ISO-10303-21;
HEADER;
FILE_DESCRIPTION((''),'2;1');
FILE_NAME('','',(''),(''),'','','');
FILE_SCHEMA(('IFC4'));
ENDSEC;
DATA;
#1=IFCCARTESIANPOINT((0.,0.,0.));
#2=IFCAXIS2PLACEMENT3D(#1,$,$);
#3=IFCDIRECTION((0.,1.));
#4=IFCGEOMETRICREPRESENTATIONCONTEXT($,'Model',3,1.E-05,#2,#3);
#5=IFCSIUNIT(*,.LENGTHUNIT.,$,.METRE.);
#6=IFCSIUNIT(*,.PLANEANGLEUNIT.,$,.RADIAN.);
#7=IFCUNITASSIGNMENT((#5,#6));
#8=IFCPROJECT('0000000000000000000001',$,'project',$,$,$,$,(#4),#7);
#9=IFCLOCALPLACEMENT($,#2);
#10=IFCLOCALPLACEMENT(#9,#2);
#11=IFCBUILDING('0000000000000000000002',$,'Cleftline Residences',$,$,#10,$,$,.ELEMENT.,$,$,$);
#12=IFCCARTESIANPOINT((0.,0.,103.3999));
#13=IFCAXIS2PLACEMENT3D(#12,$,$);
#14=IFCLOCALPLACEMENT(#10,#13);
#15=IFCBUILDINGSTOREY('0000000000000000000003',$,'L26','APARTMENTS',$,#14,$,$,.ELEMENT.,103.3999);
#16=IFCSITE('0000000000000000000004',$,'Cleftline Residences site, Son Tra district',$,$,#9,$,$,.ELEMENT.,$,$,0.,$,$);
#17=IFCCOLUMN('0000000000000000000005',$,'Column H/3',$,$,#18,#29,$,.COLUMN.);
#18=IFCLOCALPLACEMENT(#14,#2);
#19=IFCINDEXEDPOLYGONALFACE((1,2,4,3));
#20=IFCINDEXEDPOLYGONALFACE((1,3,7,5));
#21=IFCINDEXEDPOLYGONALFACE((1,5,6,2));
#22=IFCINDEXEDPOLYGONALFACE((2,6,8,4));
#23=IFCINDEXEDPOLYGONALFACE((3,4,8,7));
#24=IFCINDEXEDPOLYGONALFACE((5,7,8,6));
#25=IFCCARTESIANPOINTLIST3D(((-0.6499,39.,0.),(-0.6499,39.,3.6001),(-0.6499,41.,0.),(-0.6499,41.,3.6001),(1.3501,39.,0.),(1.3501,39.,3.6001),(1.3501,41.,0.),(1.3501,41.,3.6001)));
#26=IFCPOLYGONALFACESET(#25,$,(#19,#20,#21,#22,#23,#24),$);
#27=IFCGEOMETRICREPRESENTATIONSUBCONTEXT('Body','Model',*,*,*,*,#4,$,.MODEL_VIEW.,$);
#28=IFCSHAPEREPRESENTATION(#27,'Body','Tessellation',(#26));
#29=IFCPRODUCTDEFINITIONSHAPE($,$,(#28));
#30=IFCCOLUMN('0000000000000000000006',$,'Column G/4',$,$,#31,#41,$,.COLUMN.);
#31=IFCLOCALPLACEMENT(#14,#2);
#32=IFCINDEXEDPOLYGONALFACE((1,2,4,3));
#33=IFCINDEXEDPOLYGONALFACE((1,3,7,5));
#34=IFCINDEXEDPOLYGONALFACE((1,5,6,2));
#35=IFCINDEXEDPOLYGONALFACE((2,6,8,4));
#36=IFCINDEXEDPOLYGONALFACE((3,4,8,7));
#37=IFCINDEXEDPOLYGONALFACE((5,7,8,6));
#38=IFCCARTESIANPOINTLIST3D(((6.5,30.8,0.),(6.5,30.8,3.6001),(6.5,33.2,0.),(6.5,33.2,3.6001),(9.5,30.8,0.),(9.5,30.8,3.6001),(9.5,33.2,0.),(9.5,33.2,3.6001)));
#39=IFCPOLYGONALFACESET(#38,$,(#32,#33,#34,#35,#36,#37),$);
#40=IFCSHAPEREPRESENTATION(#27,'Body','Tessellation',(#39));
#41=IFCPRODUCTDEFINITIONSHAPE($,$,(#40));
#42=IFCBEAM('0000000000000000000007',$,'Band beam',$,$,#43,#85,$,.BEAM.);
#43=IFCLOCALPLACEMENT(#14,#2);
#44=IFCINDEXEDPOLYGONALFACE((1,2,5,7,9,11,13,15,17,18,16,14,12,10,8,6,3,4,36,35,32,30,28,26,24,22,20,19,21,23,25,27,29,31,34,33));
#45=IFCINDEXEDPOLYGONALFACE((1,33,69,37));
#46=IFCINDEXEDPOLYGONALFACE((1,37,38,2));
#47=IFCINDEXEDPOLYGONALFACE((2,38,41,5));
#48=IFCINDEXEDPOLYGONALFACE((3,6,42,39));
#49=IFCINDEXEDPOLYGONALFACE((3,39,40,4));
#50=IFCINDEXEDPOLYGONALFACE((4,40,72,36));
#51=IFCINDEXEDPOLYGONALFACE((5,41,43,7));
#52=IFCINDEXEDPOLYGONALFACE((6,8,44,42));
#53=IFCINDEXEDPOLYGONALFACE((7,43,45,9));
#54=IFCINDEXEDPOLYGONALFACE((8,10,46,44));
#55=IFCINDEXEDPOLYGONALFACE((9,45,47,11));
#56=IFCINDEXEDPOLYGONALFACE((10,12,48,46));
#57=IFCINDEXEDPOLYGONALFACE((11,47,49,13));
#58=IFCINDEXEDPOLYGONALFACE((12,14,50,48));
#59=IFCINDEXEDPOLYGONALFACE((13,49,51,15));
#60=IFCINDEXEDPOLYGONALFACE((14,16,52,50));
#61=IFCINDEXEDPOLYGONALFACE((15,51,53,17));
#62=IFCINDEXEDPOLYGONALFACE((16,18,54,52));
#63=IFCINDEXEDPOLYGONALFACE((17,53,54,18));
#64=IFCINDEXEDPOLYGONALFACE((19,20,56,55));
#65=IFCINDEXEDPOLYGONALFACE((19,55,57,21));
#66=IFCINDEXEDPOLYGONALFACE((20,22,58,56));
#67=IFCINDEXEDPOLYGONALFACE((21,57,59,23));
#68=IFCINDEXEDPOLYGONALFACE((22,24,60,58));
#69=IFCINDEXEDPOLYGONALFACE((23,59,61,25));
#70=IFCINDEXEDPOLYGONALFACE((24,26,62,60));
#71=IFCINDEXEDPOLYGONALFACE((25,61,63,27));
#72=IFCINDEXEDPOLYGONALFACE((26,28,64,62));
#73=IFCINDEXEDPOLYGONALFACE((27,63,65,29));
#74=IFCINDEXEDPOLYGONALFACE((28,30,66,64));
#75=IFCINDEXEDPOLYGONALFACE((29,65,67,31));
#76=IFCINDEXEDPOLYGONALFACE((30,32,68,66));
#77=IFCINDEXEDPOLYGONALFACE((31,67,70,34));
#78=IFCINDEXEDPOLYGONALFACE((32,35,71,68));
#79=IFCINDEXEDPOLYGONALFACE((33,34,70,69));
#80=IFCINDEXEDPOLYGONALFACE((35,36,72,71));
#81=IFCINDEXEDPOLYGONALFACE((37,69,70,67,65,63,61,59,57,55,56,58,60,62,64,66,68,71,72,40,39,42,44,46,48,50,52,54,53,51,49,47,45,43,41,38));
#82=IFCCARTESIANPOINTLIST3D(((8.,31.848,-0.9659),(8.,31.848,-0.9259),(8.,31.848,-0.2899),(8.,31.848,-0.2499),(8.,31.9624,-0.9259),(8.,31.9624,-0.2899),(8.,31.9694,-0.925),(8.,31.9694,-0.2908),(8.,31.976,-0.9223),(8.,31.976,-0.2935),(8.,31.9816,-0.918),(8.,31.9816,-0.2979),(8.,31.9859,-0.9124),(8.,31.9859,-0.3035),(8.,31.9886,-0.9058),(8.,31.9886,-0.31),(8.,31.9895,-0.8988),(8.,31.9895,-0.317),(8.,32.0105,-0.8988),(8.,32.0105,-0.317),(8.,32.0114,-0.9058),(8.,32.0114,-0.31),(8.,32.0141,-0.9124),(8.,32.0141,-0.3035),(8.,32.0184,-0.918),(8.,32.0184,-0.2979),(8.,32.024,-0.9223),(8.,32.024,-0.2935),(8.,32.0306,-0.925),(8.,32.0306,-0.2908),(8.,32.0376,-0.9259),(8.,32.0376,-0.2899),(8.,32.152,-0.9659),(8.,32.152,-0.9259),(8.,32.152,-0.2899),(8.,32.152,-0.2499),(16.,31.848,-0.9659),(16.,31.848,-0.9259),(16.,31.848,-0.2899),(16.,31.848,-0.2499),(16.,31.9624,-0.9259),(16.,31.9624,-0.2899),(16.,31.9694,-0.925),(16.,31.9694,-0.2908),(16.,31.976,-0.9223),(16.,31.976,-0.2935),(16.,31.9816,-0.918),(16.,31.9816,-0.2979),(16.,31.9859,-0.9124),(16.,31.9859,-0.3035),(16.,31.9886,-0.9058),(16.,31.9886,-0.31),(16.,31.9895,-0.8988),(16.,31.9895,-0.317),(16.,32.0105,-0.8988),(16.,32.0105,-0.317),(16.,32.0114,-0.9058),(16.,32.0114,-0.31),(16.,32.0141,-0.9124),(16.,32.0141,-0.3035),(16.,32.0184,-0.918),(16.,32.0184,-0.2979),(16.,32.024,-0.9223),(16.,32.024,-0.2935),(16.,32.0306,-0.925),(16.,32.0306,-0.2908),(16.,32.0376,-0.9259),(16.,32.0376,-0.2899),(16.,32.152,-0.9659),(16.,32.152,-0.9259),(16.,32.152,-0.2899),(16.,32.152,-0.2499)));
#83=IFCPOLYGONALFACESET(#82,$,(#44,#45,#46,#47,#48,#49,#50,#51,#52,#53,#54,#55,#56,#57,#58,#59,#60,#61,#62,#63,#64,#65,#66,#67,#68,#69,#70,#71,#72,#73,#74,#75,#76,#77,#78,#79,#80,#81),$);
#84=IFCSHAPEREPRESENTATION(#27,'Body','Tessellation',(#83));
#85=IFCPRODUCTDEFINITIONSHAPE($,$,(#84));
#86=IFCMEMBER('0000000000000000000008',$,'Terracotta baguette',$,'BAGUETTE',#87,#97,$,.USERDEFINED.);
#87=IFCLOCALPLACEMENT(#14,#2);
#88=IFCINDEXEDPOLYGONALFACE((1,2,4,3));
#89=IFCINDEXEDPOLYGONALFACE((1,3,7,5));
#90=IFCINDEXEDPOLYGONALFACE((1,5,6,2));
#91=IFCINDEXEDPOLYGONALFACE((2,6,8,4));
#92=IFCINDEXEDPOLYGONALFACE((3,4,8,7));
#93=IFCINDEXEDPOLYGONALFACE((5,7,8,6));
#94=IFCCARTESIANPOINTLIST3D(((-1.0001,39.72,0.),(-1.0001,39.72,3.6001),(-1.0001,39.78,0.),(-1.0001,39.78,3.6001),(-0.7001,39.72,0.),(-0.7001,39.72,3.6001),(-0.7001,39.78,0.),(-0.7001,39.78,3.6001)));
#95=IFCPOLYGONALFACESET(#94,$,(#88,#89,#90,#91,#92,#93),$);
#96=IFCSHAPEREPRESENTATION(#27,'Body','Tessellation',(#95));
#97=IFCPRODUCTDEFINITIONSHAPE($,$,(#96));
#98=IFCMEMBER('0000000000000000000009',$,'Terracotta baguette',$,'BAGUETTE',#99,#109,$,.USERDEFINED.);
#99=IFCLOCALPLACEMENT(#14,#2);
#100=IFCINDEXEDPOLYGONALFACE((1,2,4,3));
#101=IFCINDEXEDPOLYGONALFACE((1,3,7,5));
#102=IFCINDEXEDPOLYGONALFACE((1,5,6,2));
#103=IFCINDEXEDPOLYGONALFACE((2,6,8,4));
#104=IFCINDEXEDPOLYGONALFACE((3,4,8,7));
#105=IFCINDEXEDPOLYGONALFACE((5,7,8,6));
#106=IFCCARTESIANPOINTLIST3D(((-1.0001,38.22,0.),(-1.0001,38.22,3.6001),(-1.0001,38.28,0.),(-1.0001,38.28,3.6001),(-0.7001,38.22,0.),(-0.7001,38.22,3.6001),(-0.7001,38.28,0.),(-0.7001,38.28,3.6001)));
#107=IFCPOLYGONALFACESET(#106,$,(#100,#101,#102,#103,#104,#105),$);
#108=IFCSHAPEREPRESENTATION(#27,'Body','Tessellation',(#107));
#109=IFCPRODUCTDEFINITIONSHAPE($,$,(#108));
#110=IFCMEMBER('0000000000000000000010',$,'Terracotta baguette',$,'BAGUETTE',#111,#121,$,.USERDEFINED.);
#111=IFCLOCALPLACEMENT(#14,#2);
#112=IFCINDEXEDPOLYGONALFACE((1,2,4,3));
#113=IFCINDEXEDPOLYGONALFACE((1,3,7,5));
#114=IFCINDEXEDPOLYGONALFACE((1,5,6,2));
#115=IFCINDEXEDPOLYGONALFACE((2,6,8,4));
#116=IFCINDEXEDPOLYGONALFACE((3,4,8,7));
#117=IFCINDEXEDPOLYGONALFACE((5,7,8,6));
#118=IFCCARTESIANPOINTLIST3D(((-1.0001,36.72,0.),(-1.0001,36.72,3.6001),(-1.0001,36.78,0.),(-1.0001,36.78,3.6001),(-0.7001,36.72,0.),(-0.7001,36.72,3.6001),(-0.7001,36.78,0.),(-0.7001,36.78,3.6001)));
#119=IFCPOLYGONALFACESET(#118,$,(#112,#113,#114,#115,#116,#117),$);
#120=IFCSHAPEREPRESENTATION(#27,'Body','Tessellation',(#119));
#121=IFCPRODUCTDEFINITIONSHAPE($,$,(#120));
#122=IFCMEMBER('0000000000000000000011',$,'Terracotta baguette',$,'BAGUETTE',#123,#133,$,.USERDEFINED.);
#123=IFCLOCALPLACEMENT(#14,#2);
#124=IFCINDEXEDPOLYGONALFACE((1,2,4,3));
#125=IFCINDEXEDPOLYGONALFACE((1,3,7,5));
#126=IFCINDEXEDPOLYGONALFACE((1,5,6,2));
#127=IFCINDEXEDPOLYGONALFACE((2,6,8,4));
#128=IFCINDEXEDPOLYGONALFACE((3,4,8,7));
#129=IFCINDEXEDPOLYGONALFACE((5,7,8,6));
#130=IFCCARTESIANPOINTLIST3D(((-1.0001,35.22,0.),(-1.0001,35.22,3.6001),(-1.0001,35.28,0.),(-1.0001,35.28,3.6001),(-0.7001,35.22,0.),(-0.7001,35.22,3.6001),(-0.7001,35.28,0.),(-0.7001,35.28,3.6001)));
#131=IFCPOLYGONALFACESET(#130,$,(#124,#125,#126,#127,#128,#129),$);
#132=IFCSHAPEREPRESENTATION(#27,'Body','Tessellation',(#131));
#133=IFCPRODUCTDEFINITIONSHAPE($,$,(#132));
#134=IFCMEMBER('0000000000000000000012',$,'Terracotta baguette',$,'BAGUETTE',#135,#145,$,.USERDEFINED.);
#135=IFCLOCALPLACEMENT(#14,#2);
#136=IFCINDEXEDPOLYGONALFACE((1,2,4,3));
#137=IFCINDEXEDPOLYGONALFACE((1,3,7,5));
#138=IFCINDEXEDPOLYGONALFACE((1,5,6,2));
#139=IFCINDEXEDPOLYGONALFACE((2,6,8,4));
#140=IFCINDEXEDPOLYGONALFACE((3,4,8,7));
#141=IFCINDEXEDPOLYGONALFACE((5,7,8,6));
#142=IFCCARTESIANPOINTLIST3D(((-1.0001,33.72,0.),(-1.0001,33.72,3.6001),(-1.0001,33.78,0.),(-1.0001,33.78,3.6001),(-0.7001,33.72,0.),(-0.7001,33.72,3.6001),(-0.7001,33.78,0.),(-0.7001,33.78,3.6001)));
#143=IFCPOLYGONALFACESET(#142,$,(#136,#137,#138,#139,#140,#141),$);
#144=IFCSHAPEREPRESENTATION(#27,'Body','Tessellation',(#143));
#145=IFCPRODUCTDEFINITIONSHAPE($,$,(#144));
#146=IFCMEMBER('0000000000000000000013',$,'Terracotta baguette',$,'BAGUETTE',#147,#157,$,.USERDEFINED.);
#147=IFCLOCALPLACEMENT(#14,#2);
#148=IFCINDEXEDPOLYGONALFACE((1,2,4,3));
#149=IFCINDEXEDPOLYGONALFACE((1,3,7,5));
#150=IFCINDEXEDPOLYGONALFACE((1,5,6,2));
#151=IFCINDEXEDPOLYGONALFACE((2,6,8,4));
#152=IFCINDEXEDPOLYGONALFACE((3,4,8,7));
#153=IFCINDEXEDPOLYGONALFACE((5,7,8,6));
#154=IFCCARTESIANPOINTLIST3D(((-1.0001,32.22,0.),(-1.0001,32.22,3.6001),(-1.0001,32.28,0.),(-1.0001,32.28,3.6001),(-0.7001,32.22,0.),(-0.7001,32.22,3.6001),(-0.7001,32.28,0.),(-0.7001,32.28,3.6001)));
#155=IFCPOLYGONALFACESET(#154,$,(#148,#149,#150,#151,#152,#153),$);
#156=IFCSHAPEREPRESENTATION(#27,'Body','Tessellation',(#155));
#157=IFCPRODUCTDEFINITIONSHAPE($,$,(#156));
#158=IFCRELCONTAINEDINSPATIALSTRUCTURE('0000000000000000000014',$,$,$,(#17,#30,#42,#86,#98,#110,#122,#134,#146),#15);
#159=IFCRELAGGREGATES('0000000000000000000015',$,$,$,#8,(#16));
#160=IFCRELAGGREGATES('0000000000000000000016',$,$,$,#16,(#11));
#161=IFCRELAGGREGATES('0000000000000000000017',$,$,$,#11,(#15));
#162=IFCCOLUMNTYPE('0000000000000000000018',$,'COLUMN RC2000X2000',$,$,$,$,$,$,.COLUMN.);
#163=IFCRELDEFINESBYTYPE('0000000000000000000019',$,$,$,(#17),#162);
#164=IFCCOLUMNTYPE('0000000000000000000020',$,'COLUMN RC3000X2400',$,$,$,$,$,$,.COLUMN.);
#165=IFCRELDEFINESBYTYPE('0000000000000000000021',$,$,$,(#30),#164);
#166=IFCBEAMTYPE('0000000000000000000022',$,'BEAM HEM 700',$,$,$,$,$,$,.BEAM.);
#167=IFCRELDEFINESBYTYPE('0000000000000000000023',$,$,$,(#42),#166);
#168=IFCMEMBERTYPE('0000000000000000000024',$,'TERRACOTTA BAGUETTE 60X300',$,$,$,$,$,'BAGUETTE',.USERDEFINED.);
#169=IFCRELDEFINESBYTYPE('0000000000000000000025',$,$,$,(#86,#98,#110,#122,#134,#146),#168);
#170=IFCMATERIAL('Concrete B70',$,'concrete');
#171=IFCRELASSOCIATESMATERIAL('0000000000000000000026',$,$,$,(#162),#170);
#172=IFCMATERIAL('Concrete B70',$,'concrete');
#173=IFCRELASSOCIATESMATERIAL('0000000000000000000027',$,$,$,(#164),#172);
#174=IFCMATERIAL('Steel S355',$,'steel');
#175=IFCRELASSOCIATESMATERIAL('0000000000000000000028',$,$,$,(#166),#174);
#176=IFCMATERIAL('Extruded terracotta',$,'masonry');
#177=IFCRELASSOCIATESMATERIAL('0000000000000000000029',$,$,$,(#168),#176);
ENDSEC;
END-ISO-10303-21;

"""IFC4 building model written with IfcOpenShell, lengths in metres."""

from ifc_helpers import new_model, si_unit, direction, frame, origin, origin_2d, place, context, subcontext, project, spatial, rectangle, i_section, extrude, material, material_profile, profile_set, type_object, element, save


model = new_model("IFC4")

# Units and contexts
model_context = context("Model", 3, precision=1e-05, world=origin(), true_north=direction((0.0, 1.0)))
body_context = subcontext(model_context, "Body", "Model", "MODEL_VIEW")
ifc_project = project(units=[si_unit("LENGTHUNIT", "METRE"), si_unit("PLANEANGLEUNIT", "RADIAN")], contexts=[model_context])

# Site, building, storey
site_placement = place(None, origin())
site = spatial("IfcSite", under=ifc_project, at=site_placement, Name="Cleftline Residences site, Son Tra district", CompositionType="ELEMENT", RefElevation=0.0)
building_placement = place(site_placement, origin())
building = spatial("IfcBuilding", under=site, at=building_placement, Name="Cleftline Residences", CompositionType="ELEMENT")
storey_placement = place(building_placement, frame((0.0, 0.0, 103.3999)))
storey = spatial("IfcBuildingStorey", under=building, at=storey_placement, Name="L26", Description="APARTMENTS", CompositionType="ELEMENT", Elevation=103.3999)

# Columns
ifc_material_1 = material(Name="Concrete B70", Category="concrete")
ifc_material_profile_1 = material_profile(ifc_material_1, rectangle(XDim=2.0, YDim=2.0, at=origin_2d()))
ifc_profile_set_1 = profile_set([ifc_material_profile_1], Name="Concrete B70")
column_type_1 = type_object("IfcColumnType", Name="COLUMN RC2000X2000", PredefinedType="COLUMN", material=ifc_profile_set_1)
column_1_placement = place(storey_placement, frame((0.3501, 40.0, 0.0), z_axis=(0.0, 0.0, 1.0), x_axis=(1.0, 0.0, 0.0)))
element("IfcColumn", 1, at=column_1_placement, inside=storey, type_object=column_type_1, Name="Column H/3", PredefinedType="COLUMN", context=body_context, shape_type="SweptSolid", body=[
    extrude(rectangle(XDim=2.0, YDim=2.0, at=origin_2d()), origin(), (0.0, 0.0, 1.0), 3.6001),
])
ifc_material_2 = material(Name="Concrete B70", Category="concrete")
ifc_material_profile_2 = material_profile(ifc_material_2, rectangle(XDim=3.0, YDim=2.3999, at=origin_2d()))
ifc_profile_set_2 = profile_set([ifc_material_profile_2], Name="Concrete B70")
column_type_2 = type_object("IfcColumnType", Name="COLUMN RC3000X2400", PredefinedType="COLUMN", material=ifc_profile_set_2)
column_2_placement = place(storey_placement, frame((8.0, 32.0, 0.0), z_axis=(0.0, 0.0, 1.0), x_axis=(1.0, 0.0, 0.0)))
element("IfcColumn", 2, at=column_2_placement, inside=storey, type_object=column_type_2, Name="Column G/4", PredefinedType="COLUMN", context=body_context, shape_type="SweptSolid", body=[
    extrude(rectangle(XDim=3.0, YDim=2.3999, at=origin_2d()), origin(), (0.0, 0.0, 1.0), 3.6001),
])

# Beam
ifc_material_3 = material(Name="Steel S355", Category="steel")
ifc_material_profile_3 = material_profile(ifc_material_3, i_section(OverallWidth=0.304, OverallDepth=0.7161, WebThickness=0.021, FlangeThickness=0.04, FilletRadius=0.0271, at=origin_2d()))
ifc_profile_set_3 = profile_set([ifc_material_profile_3], Name="Steel S355")
beam_type = type_object("IfcBeamType", Name="BEAM HEM 700", PredefinedType="BEAM", material=ifc_profile_set_3)
beam_placement = place(storey_placement, frame((8.0, 32.0, -0.6079), z_axis=(1.0, 0.0, 0.0), x_axis=(0.0, 1.0, 0.0)))
element("IfcBeam", 3, at=beam_placement, inside=storey, type_object=beam_type, Name="Band beam", PredefinedType="BEAM", context=body_context, shape_type="SweptSolid", body=[
    extrude(i_section(OverallWidth=0.304, OverallDepth=0.7161, WebThickness=0.021, FlangeThickness=0.04, FilletRadius=0.0271, at=origin_2d()), origin(), (0.0, 0.0, 1.0), 8.0),
])

# Members
ifc_material_4 = material(Name="Extruded terracotta", Category="masonry")
ifc_material_profile_4 = material_profile(ifc_material_4, rectangle(XDim=0.0601, YDim=0.3, at=origin_2d()))
ifc_profile_set_4 = profile_set([ifc_material_profile_4], Name="Extruded terracotta")
member_type = type_object("IfcMemberType", Name="TERRACOTTA BAGUETTE 60X300", ElementType="BAGUETTE", PredefinedType="USERDEFINED", material=ifc_profile_set_4)
for number, where, z_axis, x_axis, name in (
    (4, (-0.8501, 39.75, 0.0), (0.0, 0.0, 1.0), (0.0, 1.0, 0.0), "Terracotta baguette"),
    (5, (-0.8501, 38.25, 0.0), (0.0, 0.0, 1.0), (0.0, 1.0, 0.0), "Terracotta baguette"),
    (6, (-0.8501, 36.75, 0.0), (0.0, 0.0, 1.0), (0.0, 1.0, 0.0), "Terracotta baguette"),
    (7, (-0.8501, 35.25, 0.0), (0.0, 0.0, 1.0), (0.0, 1.0, 0.0), "Terracotta baguette"),
    (8, (-0.8501, 33.75, 0.0), (0.0, 0.0, 1.0), (0.0, 1.0, 0.0), "Terracotta baguette"),
    (9, (-0.8501, 32.25, 0.0), (0.0, 0.0, 1.0), (0.0, 1.0, 0.0), "Terracotta baguette"),
):
    element("IfcMember", number, at=place(storey_placement, frame(where, z_axis=z_axis, x_axis=x_axis)), inside=storey, type_object=member_type, Name=name, ObjectType="BAGUETTE", PredefinedType="USERDEFINED", context=body_context, shape_type="SweptSolid", body=[
        extrude(rectangle(XDim=0.0601, YDim=0.3, at=origin_2d()), origin(), (0.0, 0.0, 1.0), 3.6001),
    ])

save(model, "model.ifc")
